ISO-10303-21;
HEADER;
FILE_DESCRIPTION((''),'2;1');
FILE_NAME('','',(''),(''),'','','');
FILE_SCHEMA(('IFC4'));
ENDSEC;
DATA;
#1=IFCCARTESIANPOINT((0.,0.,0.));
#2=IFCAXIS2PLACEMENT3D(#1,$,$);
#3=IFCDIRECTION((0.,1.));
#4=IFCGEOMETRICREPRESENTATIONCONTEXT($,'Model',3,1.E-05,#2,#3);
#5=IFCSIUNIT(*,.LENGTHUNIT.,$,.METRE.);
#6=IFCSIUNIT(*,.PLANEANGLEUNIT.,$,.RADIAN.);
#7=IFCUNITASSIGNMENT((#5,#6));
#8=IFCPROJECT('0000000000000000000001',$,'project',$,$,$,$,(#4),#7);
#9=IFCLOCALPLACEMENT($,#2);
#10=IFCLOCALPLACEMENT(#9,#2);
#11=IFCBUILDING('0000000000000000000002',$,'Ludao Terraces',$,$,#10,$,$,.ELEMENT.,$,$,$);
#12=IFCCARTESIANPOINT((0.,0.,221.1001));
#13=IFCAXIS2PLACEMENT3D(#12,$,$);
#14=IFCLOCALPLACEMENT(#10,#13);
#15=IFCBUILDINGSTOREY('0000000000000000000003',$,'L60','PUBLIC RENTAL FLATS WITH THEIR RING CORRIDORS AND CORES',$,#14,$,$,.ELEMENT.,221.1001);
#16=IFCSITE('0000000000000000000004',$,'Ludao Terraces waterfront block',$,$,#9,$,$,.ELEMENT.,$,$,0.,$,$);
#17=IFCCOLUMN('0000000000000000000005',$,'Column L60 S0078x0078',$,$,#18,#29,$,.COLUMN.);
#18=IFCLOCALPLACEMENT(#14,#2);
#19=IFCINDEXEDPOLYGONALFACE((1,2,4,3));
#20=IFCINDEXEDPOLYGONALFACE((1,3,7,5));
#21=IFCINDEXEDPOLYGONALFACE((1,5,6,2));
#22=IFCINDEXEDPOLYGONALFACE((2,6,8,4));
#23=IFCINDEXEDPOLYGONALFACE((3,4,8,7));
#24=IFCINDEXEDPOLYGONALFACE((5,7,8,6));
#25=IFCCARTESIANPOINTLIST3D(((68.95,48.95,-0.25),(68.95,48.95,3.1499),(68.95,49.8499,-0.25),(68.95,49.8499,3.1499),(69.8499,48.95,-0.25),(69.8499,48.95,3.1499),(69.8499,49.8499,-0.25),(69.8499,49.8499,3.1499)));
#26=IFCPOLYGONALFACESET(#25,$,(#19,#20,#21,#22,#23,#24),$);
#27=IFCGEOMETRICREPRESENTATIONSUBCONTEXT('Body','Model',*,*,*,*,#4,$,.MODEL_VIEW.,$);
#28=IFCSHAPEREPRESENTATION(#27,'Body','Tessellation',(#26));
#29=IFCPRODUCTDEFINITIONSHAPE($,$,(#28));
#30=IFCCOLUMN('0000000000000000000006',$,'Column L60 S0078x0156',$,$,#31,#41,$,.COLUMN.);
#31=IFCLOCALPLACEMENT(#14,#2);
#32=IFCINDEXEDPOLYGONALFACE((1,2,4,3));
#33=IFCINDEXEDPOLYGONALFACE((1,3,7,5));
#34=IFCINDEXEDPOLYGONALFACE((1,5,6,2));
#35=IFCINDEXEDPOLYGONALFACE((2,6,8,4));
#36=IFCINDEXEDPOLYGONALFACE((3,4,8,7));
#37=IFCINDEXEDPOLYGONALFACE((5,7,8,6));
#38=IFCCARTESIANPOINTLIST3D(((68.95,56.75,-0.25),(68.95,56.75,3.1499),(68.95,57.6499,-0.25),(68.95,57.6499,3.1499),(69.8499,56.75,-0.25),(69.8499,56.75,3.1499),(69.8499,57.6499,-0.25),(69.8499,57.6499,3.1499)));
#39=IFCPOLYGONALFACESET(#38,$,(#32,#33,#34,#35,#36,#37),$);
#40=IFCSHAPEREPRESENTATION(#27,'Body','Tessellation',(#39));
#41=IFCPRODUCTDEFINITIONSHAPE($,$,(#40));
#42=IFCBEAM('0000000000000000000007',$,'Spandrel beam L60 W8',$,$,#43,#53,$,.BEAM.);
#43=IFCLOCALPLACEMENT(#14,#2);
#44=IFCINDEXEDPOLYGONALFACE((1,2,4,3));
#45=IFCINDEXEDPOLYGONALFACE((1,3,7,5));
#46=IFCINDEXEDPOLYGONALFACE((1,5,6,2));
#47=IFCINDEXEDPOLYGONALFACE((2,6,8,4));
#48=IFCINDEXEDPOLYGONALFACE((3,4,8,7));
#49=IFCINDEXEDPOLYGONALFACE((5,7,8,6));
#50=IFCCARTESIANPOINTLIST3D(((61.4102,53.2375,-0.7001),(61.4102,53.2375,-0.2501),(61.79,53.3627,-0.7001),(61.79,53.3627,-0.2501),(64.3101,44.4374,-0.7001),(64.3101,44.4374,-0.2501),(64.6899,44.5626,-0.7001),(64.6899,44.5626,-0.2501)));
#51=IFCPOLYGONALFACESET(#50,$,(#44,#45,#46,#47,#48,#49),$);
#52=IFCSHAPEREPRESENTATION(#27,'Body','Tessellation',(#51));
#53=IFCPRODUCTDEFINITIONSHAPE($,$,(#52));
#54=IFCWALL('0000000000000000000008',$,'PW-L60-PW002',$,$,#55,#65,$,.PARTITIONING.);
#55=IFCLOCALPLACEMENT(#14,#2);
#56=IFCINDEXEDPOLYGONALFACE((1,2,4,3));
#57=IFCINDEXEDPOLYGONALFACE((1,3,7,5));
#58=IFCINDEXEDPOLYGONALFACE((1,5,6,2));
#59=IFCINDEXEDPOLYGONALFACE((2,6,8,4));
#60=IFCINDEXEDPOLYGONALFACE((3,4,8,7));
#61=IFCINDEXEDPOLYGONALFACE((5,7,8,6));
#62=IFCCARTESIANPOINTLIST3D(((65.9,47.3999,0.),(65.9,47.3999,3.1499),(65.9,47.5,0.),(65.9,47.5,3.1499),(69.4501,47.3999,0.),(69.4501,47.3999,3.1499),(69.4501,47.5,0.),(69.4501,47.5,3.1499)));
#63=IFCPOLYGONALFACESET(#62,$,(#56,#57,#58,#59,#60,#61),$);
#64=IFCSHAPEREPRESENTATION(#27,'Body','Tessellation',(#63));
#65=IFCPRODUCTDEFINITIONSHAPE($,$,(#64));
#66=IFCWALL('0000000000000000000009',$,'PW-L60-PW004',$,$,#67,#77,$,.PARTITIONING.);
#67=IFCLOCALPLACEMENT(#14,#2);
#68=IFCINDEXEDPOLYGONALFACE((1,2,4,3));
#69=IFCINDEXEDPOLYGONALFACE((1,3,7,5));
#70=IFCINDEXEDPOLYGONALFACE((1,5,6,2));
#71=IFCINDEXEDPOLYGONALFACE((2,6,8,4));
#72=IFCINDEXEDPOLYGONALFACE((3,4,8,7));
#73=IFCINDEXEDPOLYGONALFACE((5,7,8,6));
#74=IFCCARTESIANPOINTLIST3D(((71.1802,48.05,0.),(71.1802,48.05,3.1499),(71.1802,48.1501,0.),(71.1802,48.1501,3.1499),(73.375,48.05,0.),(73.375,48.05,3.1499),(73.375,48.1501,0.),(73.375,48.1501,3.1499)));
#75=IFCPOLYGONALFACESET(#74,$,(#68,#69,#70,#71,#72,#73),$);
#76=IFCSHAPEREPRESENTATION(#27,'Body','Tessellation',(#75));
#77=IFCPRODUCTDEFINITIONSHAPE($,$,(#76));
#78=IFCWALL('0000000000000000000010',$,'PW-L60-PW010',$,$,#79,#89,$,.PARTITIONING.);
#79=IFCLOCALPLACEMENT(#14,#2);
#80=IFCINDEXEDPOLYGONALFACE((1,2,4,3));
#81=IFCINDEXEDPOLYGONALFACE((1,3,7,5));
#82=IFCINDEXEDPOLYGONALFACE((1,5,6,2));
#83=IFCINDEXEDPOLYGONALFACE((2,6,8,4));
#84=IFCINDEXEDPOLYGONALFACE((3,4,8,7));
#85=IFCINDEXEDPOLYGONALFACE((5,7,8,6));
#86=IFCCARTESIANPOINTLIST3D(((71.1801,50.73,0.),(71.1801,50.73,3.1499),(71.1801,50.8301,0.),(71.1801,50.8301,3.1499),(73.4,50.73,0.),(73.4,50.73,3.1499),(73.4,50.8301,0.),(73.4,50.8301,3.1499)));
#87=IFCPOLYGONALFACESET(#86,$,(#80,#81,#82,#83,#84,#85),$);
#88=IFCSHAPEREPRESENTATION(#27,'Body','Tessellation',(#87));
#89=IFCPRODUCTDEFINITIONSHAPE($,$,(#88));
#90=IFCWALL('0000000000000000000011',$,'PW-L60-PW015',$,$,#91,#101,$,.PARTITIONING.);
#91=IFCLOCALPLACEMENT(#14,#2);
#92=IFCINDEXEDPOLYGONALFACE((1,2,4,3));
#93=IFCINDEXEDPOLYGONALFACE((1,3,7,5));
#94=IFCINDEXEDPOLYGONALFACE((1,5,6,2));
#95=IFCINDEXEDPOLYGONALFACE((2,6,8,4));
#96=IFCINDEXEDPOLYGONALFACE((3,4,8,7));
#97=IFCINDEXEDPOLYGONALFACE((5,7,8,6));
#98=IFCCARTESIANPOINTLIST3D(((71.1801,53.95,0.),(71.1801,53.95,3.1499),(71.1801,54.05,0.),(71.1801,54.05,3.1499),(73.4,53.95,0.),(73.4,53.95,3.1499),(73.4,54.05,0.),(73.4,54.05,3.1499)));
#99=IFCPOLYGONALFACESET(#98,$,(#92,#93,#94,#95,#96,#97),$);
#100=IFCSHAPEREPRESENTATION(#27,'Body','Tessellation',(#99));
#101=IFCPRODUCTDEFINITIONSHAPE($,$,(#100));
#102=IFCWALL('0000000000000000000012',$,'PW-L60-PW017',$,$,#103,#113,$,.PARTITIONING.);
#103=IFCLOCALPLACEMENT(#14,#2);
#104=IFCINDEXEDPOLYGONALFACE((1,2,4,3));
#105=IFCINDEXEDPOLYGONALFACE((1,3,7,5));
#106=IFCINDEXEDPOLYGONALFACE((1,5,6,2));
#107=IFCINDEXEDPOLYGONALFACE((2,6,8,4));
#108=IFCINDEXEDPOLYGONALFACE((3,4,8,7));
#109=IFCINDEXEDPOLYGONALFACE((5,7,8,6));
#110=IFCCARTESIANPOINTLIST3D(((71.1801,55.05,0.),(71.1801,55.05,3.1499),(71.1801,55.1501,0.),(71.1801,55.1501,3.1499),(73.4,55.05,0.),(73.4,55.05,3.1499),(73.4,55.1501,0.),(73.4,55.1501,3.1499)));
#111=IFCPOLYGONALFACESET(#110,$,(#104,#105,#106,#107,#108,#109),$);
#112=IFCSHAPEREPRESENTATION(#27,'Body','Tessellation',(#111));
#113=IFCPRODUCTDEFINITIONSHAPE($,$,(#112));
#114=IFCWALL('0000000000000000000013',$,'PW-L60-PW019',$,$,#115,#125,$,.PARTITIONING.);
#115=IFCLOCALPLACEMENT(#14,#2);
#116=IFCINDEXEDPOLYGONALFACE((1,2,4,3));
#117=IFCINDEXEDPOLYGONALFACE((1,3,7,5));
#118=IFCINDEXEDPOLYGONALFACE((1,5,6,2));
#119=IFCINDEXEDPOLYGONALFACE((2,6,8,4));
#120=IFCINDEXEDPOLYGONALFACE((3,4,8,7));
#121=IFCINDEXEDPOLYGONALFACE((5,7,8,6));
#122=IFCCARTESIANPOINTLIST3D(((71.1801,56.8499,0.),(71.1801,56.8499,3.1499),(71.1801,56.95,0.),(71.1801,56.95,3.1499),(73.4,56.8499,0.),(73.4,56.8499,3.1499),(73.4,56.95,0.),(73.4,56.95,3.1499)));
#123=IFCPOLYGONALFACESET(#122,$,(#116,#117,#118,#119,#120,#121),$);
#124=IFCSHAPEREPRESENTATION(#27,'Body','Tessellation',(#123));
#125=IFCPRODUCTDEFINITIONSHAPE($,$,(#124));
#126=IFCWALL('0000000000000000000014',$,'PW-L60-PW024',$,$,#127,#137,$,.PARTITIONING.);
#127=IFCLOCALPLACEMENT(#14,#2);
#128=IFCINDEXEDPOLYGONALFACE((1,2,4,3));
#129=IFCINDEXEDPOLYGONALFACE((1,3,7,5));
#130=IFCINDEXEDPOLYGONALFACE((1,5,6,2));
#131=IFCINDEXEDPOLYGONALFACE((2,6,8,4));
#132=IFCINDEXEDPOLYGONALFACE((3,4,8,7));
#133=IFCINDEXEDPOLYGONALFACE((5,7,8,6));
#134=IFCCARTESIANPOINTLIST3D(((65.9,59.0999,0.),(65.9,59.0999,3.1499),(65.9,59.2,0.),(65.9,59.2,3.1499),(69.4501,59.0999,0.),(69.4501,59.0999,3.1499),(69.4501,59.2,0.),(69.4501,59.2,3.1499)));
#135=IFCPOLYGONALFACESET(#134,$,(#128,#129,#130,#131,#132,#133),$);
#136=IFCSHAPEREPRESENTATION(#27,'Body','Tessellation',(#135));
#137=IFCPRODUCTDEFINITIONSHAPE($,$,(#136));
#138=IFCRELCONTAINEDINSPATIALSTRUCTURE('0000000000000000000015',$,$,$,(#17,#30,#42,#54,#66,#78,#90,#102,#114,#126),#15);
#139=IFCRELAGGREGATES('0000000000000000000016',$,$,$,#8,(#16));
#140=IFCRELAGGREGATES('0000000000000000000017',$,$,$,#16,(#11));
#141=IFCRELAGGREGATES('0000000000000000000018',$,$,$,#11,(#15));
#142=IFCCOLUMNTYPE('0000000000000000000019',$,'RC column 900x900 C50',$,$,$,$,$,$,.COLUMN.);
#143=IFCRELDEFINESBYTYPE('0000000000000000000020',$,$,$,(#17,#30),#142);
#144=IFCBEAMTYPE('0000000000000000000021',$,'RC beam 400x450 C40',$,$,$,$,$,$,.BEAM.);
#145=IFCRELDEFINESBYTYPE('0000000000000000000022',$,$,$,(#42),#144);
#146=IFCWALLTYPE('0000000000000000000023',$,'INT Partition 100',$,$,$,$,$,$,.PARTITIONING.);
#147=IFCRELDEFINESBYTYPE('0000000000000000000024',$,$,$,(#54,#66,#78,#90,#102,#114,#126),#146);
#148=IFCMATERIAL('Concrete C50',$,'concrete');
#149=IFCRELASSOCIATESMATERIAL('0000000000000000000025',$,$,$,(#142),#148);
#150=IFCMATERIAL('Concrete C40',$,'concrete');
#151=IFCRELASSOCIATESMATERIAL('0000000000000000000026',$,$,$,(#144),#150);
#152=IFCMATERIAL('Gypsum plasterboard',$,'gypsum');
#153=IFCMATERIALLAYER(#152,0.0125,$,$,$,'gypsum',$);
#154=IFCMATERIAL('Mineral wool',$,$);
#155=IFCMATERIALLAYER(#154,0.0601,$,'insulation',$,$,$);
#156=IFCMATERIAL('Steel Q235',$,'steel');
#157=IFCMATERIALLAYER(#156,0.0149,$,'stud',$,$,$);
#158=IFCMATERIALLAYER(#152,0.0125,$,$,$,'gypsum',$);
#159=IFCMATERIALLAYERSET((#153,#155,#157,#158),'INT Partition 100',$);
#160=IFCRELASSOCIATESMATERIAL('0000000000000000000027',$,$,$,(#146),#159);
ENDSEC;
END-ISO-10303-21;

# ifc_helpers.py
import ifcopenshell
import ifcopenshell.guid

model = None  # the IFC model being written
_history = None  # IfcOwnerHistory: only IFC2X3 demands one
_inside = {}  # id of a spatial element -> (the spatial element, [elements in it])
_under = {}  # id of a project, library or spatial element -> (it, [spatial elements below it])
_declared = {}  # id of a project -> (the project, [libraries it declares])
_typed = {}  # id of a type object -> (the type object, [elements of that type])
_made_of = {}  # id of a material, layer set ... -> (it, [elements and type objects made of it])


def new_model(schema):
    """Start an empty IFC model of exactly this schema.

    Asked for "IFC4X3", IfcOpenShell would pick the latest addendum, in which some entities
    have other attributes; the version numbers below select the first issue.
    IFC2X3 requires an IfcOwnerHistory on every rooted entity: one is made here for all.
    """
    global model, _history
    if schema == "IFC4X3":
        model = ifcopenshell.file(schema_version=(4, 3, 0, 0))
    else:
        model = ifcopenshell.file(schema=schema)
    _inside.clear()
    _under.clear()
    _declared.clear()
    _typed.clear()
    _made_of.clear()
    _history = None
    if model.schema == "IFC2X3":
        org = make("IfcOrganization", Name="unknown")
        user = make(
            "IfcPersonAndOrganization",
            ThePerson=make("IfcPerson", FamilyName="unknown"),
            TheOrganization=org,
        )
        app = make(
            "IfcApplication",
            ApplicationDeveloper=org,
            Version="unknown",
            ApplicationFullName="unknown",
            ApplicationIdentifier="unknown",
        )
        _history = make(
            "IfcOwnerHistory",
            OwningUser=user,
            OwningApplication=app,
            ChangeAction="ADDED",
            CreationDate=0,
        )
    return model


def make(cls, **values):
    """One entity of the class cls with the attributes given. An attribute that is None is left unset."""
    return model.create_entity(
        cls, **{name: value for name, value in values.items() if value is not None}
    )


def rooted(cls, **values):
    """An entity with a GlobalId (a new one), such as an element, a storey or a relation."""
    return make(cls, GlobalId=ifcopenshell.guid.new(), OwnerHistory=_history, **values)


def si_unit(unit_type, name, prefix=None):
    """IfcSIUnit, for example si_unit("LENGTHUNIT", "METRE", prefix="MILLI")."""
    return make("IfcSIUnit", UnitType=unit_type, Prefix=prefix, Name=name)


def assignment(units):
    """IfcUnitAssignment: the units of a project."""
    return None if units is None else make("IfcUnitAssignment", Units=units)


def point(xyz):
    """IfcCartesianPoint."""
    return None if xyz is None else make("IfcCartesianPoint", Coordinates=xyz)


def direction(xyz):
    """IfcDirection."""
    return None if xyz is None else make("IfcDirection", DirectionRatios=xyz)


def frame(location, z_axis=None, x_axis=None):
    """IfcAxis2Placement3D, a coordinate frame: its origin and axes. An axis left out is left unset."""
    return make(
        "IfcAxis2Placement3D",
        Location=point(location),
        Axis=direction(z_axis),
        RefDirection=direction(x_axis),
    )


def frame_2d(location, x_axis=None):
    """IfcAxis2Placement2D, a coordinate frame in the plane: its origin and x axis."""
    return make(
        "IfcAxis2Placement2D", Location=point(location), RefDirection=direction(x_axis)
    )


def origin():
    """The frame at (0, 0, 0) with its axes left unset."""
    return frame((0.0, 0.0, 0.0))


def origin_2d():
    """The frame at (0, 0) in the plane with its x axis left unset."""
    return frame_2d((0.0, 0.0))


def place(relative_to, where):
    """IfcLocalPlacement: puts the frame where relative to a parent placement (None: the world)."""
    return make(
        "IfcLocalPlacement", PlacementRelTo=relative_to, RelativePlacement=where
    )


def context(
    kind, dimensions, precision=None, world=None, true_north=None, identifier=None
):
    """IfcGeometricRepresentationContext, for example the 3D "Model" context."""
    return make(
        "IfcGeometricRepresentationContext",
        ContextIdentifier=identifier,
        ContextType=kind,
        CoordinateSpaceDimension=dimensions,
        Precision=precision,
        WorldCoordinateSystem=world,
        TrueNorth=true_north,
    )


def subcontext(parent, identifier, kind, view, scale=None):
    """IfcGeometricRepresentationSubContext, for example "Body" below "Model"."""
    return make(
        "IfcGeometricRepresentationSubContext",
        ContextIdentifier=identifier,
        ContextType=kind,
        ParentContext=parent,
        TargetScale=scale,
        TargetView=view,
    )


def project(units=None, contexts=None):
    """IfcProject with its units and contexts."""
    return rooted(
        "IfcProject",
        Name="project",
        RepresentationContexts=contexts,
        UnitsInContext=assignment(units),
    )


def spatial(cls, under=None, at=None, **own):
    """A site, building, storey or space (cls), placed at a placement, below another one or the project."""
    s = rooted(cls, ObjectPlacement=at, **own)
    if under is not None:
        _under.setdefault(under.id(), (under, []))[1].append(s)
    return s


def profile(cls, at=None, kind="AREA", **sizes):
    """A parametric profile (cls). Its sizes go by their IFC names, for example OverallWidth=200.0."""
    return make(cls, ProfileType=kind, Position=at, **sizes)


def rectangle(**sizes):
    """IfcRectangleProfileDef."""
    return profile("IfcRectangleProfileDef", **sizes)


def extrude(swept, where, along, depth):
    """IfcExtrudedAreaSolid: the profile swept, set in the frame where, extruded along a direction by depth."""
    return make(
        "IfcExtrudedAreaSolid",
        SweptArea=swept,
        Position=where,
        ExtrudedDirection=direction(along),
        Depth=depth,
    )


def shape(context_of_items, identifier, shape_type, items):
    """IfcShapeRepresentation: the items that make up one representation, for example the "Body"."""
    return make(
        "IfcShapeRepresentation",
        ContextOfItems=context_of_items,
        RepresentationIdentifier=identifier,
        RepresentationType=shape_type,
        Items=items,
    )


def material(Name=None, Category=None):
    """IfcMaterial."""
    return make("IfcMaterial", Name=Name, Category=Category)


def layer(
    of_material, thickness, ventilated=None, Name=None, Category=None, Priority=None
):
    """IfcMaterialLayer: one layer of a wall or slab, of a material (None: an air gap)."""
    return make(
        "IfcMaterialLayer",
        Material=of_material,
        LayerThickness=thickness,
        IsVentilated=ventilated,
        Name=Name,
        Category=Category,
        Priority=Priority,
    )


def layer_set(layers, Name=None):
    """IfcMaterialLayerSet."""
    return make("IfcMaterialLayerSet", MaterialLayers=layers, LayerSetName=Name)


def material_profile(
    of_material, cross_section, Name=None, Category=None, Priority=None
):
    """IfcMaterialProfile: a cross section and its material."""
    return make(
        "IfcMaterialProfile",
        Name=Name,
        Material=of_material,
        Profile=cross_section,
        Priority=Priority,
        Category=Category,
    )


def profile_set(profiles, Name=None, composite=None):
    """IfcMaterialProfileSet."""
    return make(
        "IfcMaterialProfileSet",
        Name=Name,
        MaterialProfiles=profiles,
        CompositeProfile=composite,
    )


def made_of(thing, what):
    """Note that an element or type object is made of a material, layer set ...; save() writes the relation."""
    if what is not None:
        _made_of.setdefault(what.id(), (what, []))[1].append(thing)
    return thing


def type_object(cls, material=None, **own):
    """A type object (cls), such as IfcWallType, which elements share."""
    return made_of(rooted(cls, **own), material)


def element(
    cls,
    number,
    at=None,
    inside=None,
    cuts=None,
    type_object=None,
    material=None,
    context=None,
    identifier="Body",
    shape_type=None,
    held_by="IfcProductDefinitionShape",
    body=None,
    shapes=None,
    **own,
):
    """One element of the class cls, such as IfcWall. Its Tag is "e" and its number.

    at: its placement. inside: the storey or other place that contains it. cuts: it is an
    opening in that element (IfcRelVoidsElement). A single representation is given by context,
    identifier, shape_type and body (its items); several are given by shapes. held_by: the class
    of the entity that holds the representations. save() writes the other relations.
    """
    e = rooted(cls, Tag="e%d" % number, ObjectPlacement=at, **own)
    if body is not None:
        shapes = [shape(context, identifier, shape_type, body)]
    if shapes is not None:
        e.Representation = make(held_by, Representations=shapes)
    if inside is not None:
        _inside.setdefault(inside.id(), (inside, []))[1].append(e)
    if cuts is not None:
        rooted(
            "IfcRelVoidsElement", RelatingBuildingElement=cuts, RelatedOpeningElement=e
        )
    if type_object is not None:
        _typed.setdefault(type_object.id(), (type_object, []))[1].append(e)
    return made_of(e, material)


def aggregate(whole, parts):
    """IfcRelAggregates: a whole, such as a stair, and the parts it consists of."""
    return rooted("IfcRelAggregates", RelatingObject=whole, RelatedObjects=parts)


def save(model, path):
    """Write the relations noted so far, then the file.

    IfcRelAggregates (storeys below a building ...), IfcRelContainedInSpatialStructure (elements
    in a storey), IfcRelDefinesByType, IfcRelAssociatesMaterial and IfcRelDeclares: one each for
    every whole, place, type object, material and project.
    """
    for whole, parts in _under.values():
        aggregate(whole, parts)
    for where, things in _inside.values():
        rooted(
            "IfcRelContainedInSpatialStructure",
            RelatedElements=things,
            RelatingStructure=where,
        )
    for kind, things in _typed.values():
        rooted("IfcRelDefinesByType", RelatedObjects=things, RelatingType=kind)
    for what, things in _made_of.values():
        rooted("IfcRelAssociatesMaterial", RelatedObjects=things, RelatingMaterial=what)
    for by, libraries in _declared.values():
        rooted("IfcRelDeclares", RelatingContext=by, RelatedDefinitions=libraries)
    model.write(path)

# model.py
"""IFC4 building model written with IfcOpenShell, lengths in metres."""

from ifc_helpers import new_model, si_unit, direction, frame, frame_2d, origin, origin_2d, place, context, subcontext, project, spatial, rectangle, extrude, material, layer, layer_set, material_profile, profile_set, type_object, element, save


model = new_model("IFC4")

# Units and contexts
model_context = context("Model", 3, precision=1e-05, world=origin(), true_north=direction((0.0, 1.0)))
body_context = subcontext(model_context, "Body", "Model", "MODEL_VIEW")
ifc_project = project(units=[si_unit("LENGTHUNIT", "METRE"), si_unit("PLANEANGLEUNIT", "RADIAN")], contexts=[model_context])

# Site, building, storey
site_placement = place(None, origin())
site = spatial("IfcSite", under=ifc_project, at=site_placement, Name="Ludao Terraces waterfront block", CompositionType="ELEMENT", RefElevation=0.0)
building_placement = place(site_placement, origin())
building = spatial("IfcBuilding", under=site, at=building_placement, Name="Ludao Terraces", CompositionType="ELEMENT")
storey_placement = place(building_placement, frame((0.0, 0.0, 221.1001)))
storey = spatial("IfcBuildingStorey", under=building, at=storey_placement, Name="L60", Description="PUBLIC RENTAL FLATS WITH THEIR RING CORRIDORS AND CORES", CompositionType="ELEMENT", Elevation=221.1001)

# Columns
ifc_material_1 = material(Name="Concrete C50", Category="concrete")
ifc_material_profile_1 = material_profile(ifc_material_1, rectangle(XDim=0.8999, YDim=0.8999, at=origin_2d()), Name="900 X 900")
ifc_profile_set_1 = profile_set([ifc_material_profile_1], Name="Concrete C50")
column_type = type_object("IfcColumnType", Name="RC column 900x900 C50", PredefinedType="COLUMN", material=ifc_profile_set_1)
for number, where, z_axis, x_axis, name in (
    (1, (69.3999, 49.3999, -0.25), (0.0, 0.0, 1.0), (1.0, 0.0, 0.0), "Column L60 S0078x0078"),
    (2, (69.3999, 57.2, -0.25), (0.0, 0.0, 1.0), (1.0, 0.0, 0.0), "Column L60 S0078x0156"),
):
    element("IfcColumn", number, at=place(storey_placement, frame(where, z_axis=z_axis, x_axis=x_axis)), inside=storey, type_object=column_type, Name=name, PredefinedType="COLUMN", context=body_context, shape_type="SweptSolid", body=[
        extrude(rectangle(XDim=0.8999, YDim=0.8999, at=origin_2d()), origin(), (0.0, 0.0, 1.0), 3.3999),
    ])

# Beam
ifc_material_2 = material(Name="Concrete C40", Category="concrete")
ifc_material_profile_2 = material_profile(ifc_material_2, rectangle(XDim=0.3999, YDim=0.45, at=origin_2d()), Name="400 X 450")
ifc_profile_set_2 = profile_set([ifc_material_profile_2], Name="Concrete C40")
beam_type = type_object("IfcBeamType", Name="RC beam 400x450 C40", PredefinedType="BEAM", material=ifc_profile_set_2)
beam_placement = place(storey_placement, frame((64.5, 44.5, -0.4751), z_axis=(-0.312977, 0.949761, 0.0), x_axis=(-0.949761, -0.312977, 0.0)))
element("IfcBeam", 3, at=beam_placement, inside=storey, type_object=beam_type, Name="Spandrel beam L60 W8", PredefinedType="BEAM", context=body_context, shape_type="SweptSolid", body=[
    extrude(rectangle(XDim=0.3999, YDim=0.45, at=origin_2d()), origin(), (0.0, 0.0, 1.0), 9.2656),
])

# Walls
ifc_material_3 = material(Name="Gypsum plasterboard", Category="gypsum")
ifc_layer_1 = layer(ifc_material_3, 0.0125, Category="gypsum")
ifc_material_4 = material(Name="Mineral wool")
ifc_layer_2 = layer(ifc_material_4, 0.0601, Name="insulation")
ifc_material_5 = material(Name="Steel Q235", Category="steel")
ifc_layer_3 = layer(ifc_material_5, 0.0149, Name="stud")
ifc_layer_4 = layer(ifc_material_3, 0.0125, Category="gypsum")
ifc_layer_set = layer_set([ifc_layer_1, ifc_layer_2, ifc_layer_3, ifc_layer_4], Name="INT Partition 100")
wall_type = type_object("IfcWallType", Name="INT Partition 100", PredefinedType="PARTITIONING", material=ifc_layer_set)
wall_1_placement = place(storey_placement, frame((65.9001, 47.45, 0.0), z_axis=(0.0, 0.0, 1.0), x_axis=(1.0, 0.0, 0.0)))
element("IfcWall", 4, at=wall_1_placement, inside=storey, type_object=wall_type, Name="PW-L60-PW002", PredefinedType="PARTITIONING", context=body_context, shape_type="SweptSolid", body=[
    extrude(rectangle(XDim=3.55, YDim=0.1001, at=frame_2d((1.7749, 0.0))), origin(), (0.0, 0.0, 1.0), 3.1499),
])
wall_2_placement = place(storey_placement, frame((71.1802, 48.1001, 0.0), z_axis=(0.0, 0.0, 1.0), x_axis=(1.0, 0.0, 0.0)))
element("IfcWall", 5, at=wall_2_placement, inside=storey, type_object=wall_type, Name="PW-L60-PW004", PredefinedType="PARTITIONING", context=body_context, shape_type="SweptSolid", body=[
    extrude(rectangle(XDim=2.1948, YDim=0.1001, at=frame_2d((1.0974, 0.0))), origin(), (0.0, 0.0, 1.0), 3.1499),
])
for number, where, z_axis, x_axis, name in (
    (6, (71.1802, 50.78, 0.0), (0.0, 0.0, 1.0), (1.0, 0.0, 0.0), "PW-L60-PW010"),
    (7, (71.1802, 54.0, 0.0), (0.0, 0.0, 1.0), (1.0, 0.0, 0.0), "PW-L60-PW015"),
    (8, (71.1802, 55.1001, 0.0), (0.0, 0.0, 1.0), (1.0, 0.0, 0.0), "PW-L60-PW017"),
    (9, (71.1802, 56.8999, 0.0), (0.0, 0.0, 1.0), (1.0, 0.0, 0.0), "PW-L60-PW019"),
):
    element("IfcWall", number, at=place(storey_placement, frame(where, z_axis=z_axis, x_axis=x_axis)), inside=storey, type_object=wall_type, Name=name, PredefinedType="PARTITIONING", context=body_context, shape_type="SweptSolid", body=[
        extrude(rectangle(XDim=2.22, YDim=0.1001, at=frame_2d((1.1099, 0.0))), origin(), (0.0, 0.0, 1.0), 3.1499),
    ])
wall_3_placement = place(storey_placement, frame((65.9001, 59.1499, 0.0), z_axis=(0.0, 0.0, 1.0), x_axis=(1.0, 0.0, 0.0)))
element("IfcWall", 10, at=wall_3_placement, inside=storey, type_object=wall_type, Name="PW-L60-PW024", PredefinedType="PARTITIONING", context=body_context, shape_type="SweptSolid", body=[
    extrude(rectangle(XDim=3.55, YDim=0.1001, at=frame_2d((1.7749, 0.0))), origin(), (0.0, 0.0, 1.0), 3.1499),
])

save(model, "model.ifc")
